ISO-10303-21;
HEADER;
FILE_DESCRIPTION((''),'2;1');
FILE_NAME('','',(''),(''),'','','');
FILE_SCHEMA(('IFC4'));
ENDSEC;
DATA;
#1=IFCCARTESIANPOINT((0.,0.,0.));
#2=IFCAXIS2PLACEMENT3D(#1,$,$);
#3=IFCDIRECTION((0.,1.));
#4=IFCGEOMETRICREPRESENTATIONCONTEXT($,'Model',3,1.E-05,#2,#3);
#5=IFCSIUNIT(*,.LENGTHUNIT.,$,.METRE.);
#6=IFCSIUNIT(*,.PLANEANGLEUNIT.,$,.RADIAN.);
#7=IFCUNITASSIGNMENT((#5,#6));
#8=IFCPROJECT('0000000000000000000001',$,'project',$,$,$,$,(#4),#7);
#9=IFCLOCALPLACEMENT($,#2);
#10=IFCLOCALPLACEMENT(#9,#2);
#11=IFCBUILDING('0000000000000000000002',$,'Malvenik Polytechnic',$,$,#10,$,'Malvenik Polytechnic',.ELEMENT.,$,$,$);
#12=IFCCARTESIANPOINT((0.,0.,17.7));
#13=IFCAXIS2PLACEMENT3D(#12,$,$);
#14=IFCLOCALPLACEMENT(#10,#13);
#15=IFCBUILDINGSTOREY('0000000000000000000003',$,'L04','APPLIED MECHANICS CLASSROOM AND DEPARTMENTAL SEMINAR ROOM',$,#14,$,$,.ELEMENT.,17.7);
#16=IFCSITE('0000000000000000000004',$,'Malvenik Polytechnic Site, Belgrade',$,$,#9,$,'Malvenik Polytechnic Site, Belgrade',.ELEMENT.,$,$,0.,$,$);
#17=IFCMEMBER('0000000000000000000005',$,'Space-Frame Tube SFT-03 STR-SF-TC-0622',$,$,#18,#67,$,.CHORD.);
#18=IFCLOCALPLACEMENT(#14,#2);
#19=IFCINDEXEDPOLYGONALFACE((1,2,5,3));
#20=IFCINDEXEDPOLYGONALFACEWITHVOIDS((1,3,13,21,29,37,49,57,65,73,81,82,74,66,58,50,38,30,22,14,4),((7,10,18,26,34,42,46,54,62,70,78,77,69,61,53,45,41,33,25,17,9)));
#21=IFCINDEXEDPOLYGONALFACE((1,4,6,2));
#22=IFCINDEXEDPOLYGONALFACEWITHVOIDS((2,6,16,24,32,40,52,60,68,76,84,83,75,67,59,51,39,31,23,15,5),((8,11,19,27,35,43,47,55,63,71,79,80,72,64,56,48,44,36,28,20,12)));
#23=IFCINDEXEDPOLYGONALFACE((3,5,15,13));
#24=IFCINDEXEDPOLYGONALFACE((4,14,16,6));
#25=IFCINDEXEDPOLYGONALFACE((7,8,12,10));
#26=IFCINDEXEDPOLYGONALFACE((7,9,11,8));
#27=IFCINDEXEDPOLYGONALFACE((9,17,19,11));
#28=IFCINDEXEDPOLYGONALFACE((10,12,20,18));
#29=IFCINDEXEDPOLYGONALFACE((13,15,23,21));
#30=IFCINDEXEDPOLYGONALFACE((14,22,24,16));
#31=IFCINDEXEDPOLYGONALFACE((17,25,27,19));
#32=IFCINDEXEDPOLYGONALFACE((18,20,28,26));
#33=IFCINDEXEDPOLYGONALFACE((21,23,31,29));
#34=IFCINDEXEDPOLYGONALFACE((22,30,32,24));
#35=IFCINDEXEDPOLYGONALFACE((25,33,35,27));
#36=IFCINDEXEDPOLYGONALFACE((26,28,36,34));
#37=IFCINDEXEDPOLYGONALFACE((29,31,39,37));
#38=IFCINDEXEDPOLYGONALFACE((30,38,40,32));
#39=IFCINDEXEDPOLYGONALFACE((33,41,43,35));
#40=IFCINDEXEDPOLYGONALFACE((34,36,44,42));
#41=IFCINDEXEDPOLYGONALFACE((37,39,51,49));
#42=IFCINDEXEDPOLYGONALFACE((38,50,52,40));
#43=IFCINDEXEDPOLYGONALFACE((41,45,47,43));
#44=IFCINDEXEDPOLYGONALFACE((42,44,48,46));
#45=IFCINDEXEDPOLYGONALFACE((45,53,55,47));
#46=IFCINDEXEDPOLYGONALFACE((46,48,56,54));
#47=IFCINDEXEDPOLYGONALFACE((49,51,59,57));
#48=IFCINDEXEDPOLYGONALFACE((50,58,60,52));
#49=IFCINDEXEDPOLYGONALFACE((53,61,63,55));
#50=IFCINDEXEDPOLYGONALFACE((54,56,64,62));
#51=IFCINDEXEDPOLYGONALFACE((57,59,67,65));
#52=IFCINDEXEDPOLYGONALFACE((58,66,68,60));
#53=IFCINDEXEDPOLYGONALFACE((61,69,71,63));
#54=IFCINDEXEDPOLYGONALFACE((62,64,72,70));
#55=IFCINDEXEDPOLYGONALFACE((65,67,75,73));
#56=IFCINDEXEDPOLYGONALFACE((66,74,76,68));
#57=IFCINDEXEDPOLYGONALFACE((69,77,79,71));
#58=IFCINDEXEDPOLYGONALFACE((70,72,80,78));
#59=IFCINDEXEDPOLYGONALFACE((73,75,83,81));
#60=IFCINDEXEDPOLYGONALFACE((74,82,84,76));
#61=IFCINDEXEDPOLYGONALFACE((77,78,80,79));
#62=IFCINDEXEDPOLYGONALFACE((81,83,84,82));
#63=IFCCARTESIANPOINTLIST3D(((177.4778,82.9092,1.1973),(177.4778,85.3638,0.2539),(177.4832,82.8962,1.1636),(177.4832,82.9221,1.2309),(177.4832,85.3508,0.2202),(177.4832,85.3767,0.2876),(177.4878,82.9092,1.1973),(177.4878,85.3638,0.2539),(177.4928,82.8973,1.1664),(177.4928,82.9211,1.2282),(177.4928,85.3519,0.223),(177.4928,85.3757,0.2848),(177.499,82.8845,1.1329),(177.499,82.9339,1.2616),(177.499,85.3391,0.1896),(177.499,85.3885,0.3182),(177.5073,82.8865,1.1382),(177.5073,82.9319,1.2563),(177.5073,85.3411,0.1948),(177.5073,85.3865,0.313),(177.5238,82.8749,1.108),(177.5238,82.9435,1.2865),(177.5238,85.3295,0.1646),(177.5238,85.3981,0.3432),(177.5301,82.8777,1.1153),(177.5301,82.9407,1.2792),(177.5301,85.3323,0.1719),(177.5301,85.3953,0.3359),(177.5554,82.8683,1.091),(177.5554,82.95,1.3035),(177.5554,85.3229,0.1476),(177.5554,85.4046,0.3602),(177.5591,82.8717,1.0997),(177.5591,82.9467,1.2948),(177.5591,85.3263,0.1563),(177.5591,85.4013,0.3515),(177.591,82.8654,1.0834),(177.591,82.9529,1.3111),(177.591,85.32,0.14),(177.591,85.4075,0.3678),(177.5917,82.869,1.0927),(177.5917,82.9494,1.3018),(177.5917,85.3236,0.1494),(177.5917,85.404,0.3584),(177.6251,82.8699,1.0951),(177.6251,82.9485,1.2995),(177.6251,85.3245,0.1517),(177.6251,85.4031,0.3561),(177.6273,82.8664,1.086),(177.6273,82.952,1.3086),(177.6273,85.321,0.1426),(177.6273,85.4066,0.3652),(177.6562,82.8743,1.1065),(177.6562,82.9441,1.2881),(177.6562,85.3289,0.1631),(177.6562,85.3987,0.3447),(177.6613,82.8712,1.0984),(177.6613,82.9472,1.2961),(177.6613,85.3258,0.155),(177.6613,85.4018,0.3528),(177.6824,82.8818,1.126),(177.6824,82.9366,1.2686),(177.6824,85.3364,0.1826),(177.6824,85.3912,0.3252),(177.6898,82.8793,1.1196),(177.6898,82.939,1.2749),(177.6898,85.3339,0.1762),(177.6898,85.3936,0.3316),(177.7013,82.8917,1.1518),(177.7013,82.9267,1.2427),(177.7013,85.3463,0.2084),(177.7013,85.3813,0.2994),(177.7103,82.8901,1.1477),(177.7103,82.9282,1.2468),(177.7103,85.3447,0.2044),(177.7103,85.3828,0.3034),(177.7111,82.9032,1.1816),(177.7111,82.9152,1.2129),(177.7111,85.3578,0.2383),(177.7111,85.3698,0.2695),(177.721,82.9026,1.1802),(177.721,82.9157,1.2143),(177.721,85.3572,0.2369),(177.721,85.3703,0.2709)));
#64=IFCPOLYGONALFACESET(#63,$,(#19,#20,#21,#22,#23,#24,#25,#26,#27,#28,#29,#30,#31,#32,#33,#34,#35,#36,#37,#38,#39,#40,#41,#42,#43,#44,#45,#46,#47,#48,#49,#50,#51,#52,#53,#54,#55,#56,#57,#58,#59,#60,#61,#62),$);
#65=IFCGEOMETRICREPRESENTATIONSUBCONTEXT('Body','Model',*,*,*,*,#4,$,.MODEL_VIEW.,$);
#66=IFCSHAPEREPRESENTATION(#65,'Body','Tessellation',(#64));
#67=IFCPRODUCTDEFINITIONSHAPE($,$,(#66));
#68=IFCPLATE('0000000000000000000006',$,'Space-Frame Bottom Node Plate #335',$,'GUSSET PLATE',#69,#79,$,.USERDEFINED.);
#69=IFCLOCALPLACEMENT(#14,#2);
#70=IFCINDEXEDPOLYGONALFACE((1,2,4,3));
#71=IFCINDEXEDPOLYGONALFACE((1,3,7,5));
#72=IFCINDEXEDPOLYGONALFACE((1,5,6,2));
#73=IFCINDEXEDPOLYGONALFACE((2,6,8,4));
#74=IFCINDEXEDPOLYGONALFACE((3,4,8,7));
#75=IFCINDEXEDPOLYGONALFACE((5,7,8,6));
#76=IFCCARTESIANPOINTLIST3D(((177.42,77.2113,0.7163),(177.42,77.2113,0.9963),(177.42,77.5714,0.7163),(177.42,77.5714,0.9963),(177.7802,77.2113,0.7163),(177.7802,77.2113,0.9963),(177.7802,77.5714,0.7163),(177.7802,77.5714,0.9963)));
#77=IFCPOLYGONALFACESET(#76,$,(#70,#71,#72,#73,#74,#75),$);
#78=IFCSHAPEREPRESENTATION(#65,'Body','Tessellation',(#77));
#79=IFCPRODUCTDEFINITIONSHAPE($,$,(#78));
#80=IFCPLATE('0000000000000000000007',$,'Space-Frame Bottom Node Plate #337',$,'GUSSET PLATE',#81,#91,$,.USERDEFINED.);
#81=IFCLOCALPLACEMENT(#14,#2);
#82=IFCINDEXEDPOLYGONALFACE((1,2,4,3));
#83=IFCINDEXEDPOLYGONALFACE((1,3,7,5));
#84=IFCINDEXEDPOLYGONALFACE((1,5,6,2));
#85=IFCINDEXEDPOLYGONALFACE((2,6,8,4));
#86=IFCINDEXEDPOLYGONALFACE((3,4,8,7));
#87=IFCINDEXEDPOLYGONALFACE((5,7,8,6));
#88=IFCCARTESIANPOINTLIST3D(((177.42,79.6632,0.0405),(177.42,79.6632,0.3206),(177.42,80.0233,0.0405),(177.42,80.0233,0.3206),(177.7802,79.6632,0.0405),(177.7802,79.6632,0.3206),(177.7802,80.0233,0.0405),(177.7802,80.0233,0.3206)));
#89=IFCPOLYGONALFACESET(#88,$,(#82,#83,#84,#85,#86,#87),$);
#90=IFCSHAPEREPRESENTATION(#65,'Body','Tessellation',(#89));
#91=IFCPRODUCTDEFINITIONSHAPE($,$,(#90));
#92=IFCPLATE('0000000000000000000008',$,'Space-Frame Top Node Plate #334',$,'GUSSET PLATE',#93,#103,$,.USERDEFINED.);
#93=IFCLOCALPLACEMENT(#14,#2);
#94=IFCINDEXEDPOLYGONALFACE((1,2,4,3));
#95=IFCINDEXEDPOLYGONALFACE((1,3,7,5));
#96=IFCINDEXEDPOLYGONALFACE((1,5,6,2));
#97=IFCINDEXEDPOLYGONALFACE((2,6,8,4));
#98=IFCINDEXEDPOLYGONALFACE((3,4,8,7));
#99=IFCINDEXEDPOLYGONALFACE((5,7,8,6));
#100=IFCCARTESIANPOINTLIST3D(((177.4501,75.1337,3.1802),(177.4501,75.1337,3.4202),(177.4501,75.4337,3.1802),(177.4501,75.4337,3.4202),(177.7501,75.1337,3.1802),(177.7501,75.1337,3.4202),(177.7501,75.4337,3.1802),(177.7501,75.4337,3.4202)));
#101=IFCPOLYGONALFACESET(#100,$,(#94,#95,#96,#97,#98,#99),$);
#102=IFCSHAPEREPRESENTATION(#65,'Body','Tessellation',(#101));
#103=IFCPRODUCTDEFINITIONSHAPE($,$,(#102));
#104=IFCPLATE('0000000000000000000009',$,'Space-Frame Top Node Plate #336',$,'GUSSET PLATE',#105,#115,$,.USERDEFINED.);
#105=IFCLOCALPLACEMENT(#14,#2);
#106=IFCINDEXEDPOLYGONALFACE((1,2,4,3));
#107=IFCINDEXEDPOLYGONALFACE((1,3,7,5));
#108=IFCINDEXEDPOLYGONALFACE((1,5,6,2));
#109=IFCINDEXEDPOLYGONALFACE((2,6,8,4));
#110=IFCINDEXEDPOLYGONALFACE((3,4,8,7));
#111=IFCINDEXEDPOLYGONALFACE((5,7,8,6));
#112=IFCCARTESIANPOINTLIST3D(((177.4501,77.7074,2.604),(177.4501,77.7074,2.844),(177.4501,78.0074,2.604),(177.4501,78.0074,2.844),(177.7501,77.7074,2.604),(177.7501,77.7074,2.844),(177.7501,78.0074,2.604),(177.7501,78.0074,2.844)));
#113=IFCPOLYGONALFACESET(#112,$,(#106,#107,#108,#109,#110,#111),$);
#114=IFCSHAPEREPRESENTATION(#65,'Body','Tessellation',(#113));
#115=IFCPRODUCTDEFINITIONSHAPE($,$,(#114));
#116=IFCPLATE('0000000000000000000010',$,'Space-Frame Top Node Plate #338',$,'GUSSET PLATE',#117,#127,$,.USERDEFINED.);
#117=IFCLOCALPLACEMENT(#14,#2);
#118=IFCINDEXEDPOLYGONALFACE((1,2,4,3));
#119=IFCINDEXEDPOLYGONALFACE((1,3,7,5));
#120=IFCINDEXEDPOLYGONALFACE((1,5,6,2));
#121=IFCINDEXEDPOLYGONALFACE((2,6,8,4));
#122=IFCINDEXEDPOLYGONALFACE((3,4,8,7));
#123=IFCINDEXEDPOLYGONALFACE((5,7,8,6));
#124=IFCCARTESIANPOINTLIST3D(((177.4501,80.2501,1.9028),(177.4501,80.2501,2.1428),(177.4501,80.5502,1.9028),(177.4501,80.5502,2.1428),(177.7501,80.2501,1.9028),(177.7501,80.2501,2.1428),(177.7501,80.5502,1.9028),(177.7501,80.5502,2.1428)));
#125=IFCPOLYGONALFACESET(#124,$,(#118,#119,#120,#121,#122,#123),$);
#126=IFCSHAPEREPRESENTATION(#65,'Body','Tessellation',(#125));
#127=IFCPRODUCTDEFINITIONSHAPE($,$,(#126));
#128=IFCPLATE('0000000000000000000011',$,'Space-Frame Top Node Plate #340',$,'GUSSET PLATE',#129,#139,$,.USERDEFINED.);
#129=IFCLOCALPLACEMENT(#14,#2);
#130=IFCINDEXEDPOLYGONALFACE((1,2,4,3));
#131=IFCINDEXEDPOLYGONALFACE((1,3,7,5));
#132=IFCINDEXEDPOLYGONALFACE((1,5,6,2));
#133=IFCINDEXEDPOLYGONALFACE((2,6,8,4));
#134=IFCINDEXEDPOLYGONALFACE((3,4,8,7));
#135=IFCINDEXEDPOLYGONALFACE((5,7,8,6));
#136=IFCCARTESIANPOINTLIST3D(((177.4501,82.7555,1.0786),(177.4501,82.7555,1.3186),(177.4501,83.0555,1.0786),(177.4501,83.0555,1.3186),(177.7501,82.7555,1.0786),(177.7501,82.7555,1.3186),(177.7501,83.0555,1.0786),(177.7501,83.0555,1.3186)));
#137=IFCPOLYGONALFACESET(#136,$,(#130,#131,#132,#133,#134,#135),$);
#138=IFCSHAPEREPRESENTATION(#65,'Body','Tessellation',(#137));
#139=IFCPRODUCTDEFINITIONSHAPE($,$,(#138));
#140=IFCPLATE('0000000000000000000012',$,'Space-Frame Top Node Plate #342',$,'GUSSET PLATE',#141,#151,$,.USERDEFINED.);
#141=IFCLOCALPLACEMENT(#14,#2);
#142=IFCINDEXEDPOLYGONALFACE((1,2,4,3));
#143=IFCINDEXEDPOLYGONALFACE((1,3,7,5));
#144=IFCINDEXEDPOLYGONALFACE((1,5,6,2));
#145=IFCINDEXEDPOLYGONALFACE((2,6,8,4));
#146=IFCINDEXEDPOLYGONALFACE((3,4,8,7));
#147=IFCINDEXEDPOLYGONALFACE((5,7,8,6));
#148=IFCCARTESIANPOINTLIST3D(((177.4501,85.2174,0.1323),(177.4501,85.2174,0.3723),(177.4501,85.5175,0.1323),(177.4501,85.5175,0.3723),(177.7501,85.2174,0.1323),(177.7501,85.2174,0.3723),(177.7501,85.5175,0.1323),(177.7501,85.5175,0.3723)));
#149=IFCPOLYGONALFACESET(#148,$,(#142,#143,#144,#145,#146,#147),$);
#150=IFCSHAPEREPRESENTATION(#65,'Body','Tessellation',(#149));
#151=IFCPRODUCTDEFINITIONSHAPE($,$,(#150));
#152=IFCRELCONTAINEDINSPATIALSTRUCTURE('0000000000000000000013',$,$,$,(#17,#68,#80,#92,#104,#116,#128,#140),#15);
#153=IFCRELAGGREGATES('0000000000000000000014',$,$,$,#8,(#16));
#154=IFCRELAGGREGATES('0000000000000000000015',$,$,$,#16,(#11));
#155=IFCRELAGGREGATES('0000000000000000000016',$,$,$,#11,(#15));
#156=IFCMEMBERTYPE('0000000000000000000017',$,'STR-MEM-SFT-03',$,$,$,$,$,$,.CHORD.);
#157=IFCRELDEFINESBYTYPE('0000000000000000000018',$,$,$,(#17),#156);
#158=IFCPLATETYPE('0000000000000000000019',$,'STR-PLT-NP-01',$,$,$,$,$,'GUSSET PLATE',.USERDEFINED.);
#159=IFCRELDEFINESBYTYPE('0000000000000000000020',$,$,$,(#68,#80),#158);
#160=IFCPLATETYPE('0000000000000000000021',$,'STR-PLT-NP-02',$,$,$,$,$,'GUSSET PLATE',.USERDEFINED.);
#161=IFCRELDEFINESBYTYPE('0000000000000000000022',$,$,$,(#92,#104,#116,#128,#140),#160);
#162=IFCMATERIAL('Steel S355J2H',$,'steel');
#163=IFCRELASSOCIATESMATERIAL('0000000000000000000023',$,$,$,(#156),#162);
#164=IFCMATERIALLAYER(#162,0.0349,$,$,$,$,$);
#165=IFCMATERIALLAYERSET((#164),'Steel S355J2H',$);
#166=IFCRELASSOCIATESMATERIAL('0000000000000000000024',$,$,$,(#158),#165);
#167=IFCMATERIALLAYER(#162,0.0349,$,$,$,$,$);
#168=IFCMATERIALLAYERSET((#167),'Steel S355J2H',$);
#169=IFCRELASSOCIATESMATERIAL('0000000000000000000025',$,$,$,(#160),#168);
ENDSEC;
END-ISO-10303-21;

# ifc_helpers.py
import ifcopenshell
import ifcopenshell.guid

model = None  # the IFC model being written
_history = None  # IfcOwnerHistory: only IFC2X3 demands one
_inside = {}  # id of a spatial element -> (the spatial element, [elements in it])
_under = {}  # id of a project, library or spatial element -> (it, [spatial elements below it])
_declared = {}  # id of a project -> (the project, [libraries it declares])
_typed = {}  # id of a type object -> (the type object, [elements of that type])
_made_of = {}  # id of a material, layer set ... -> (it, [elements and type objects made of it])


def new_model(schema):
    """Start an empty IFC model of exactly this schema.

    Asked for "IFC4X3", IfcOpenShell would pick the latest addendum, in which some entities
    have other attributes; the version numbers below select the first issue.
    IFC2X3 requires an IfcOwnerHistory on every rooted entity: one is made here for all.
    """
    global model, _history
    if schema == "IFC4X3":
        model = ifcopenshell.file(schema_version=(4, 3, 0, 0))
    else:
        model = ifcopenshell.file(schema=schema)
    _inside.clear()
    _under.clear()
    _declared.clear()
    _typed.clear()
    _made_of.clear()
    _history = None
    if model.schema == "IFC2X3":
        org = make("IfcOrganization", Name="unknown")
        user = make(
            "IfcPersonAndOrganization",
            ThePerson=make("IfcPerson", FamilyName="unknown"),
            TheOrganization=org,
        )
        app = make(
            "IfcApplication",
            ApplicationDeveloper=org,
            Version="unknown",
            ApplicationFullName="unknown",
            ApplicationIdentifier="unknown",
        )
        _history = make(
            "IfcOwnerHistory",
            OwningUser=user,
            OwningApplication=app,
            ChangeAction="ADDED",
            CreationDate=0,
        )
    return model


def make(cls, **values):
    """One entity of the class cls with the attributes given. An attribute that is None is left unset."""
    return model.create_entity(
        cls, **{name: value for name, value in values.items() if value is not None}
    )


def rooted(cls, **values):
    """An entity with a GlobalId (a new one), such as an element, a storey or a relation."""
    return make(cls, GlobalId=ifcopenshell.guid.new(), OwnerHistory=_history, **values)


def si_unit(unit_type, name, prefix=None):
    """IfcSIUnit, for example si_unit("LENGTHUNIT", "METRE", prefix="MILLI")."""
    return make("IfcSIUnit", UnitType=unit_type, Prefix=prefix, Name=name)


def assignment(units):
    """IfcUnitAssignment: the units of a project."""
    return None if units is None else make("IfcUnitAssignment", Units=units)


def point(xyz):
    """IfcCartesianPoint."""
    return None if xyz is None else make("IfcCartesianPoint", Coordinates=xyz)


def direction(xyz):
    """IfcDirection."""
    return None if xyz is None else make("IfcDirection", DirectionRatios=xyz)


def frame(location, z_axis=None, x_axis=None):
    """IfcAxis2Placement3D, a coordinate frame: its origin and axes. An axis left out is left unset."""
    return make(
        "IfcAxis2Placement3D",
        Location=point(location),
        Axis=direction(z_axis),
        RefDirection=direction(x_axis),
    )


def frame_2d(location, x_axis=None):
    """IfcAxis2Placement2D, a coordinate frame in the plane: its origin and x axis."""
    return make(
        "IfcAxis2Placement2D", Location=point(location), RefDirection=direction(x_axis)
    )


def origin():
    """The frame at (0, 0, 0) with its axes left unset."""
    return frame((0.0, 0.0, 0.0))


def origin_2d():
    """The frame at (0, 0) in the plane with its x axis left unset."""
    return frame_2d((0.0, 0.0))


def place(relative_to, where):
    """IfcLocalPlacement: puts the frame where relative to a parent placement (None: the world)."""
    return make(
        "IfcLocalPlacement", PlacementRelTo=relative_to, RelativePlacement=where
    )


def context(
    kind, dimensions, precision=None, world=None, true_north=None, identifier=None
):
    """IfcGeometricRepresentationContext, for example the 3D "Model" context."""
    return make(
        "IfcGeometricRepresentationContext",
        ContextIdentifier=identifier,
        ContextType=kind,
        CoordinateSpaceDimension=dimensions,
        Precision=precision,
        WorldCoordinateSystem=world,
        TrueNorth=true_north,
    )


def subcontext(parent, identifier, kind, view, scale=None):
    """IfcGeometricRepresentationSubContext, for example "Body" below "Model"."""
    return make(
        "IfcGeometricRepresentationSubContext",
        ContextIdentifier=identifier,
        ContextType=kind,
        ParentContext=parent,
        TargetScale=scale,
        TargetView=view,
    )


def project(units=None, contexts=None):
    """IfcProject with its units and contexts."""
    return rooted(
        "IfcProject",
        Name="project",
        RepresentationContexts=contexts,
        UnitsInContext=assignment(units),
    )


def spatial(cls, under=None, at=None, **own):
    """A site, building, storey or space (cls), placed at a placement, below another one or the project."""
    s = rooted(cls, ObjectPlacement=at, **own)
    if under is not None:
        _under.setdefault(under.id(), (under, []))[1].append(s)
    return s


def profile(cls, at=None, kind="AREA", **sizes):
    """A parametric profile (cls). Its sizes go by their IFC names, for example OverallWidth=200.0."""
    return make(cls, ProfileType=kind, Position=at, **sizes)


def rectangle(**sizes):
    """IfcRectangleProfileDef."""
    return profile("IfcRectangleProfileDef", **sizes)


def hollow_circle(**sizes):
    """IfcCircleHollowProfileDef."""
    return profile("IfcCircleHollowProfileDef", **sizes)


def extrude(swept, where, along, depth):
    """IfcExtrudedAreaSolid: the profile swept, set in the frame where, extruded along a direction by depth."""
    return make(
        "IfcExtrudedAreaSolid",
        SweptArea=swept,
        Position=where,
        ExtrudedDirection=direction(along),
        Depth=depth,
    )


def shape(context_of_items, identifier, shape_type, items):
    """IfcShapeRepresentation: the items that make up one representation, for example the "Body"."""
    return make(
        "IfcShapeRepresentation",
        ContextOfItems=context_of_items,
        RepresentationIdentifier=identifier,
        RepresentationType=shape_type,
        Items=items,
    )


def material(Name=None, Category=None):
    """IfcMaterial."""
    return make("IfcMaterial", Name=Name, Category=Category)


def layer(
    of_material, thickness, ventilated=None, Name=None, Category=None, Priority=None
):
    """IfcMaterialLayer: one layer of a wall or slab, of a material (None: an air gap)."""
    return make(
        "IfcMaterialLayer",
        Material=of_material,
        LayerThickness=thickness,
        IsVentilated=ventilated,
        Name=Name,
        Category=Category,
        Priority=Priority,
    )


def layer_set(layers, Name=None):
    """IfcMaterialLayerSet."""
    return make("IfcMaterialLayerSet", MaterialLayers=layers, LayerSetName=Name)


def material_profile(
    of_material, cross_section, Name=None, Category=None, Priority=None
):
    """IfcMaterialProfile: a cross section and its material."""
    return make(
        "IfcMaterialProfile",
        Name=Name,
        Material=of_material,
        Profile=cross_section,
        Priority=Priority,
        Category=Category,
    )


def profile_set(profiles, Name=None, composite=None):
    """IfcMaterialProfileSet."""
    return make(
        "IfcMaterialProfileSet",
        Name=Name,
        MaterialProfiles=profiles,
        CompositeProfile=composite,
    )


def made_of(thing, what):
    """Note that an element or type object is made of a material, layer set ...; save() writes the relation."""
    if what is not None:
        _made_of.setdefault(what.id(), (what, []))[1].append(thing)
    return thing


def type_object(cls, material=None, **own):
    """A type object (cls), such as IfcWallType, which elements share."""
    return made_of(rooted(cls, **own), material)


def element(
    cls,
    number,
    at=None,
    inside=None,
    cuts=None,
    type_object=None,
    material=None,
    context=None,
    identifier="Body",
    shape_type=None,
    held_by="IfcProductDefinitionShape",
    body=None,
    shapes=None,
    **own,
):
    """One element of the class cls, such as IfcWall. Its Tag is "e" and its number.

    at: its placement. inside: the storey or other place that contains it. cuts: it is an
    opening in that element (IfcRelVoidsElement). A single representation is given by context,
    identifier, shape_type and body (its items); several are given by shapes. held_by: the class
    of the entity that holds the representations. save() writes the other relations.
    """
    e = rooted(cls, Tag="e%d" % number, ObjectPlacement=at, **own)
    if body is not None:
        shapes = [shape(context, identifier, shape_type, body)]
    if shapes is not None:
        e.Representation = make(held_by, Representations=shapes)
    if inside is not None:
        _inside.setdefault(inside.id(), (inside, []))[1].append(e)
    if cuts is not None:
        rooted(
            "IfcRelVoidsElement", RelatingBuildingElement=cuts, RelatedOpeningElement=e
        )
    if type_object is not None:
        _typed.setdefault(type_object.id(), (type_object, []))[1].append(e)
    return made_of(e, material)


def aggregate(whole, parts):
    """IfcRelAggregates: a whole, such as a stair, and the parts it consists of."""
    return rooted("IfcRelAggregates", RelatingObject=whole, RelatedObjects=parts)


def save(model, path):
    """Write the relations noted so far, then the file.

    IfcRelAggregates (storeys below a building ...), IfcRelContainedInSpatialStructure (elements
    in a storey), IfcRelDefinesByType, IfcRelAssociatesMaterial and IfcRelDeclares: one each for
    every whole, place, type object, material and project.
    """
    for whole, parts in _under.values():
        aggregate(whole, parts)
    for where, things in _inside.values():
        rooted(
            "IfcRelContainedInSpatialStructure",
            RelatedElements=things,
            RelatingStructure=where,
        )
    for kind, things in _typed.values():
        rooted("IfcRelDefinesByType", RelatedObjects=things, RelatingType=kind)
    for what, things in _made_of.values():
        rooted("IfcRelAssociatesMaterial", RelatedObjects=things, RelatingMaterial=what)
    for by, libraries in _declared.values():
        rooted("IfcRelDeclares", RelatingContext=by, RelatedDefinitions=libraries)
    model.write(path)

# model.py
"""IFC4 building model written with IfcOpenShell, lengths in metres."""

from ifc_helpers import new_model, si_unit, direction, frame, origin, origin_2d, place, context, subcontext, project, spatial, rectangle, hollow_circle, extrude, material, layer, layer_set, material_profile, profile_set, type_object, element, save


model = new_model("IFC4")

# Units and contexts
model_context = context("Model", 3, precision=1e-05, world=origin(), true_north=direction((0.0, 1.0)))
body_context = subcontext(model_context, "Body", "Model", "MODEL_VIEW")
ifc_project = project(units=[si_unit("LENGTHUNIT", "METRE"), si_unit("PLANEANGLEUNIT", "RADIAN")], contexts=[model_context])

# Site, building, storey
site_placement = place(None, origin())
site = spatial("IfcSite", under=ifc_project, at=site_placement, Name="Malvenik Polytechnic Site, Belgrade", LongName="Malvenik Polytechnic Site, Belgrade", CompositionType="ELEMENT", RefElevation=0.0)
building_placement = place(site_placement, origin())
building = spatial("IfcBuilding", under=site, at=building_placement, Name="Malvenik Polytechnic", LongName="Malvenik Polytechnic", CompositionType="ELEMENT")
storey_placement = place(building_placement, frame((0.0, 0.0, 17.7)))
storey = spatial("IfcBuildingStorey", under=building, at=storey_placement, Name="L04", Description="APPLIED MECHANICS CLASSROOM AND DEPARTMENTAL SEMINAR ROOM", CompositionType="ELEMENT", Elevation=17.7)

# Member
ifc_material = material(Name="Steel S355J2H", Category="steel")
ifc_material_profile_1 = material_profile(ifc_material, hollow_circle(Radius=0.1223, WallThickness=0.01, at=origin_2d()), Name="CHS 244.5x10.0")
ifc_profile_set_1 = profile_set([ifc_material_profile_1], Name="Steel S355J2H")
member_type_1 = type_object("IfcMemberType", Name="STR-MEM-SFT-03", PredefinedType="CHORD", material=ifc_profile_set_1)
member_1_placement = place(storey_placement, frame((177.6001, 82.9092, 1.1973), z_axis=(0.0, 0.933437, -0.358743), x_axis=(-1.0, 0.0, 0.0)))
element("IfcMember", 1, at=member_1_placement, inside=storey, type_object=member_type_1, Name="Space-Frame Tube SFT-03 STR-SF-TC-0622", PredefinedType="CHORD", context=body_context, shape_type="SweptSolid", body=[
    extrude(hollow_circle(Radius=0.1223, WallThickness=0.01, at=origin_2d()), origin(), (0.0, 0.0, 1.0), 2.6296),
])

# Plates
ifc_layer_1 = layer(ifc_material, 0.0349)
ifc_layer_set_1 = layer_set([ifc_layer_1], Name="Steel S355J2H")
plate_type_1 = type_object("IfcPlateType", Name="STR-PLT-NP-01", ElementType="GUSSET PLATE", PredefinedType="USERDEFINED", material=ifc_layer_set_1)
for number, where, z_axis, x_axis, name in (
    (2, (177.6001, 77.3914, 0.7163), (0.0, 0.0, 1.0), (1.0, 0.0, 0.0), "Space-Frame Bottom Node Plate #335"),
    (3, (177.6001, 79.8433, 0.0405), (0.0, 0.0, 1.0), (1.0, 0.0, 0.0), "Space-Frame Bottom Node Plate #337"),
):
    element("IfcPlate", number, at=place(storey_placement, frame(where, z_axis=z_axis, x_axis=x_axis)), inside=storey, type_object=plate_type_1, Name=name, ObjectType="GUSSET PLATE", PredefinedType="USERDEFINED", context=body_context, shape_type="SweptSolid", body=[
        extrude(rectangle(XDim=0.3601, YDim=0.3601, at=origin_2d()), origin(), (0.0, 0.0, 1.0), 0.28),
    ])
ifc_layer_2 = layer(ifc_material, 0.0349)
ifc_layer_set_2 = layer_set([ifc_layer_2], Name="Steel S355J2H")
plate_type_2 = type_object("IfcPlateType", Name="STR-PLT-NP-02", ElementType="GUSSET PLATE", PredefinedType="USERDEFINED", material=ifc_layer_set_2)
for number, where, z_axis, x_axis, name in (
    (4, (177.6001, 75.2837, 3.1802), (0.0, 0.0, 1.0), (1.0, 0.0, 0.0), "Space-Frame Top Node Plate #334"),
    (5, (177.6001, 77.8574, 2.604), (0.0, 0.0, 1.0), (1.0, 0.0, 0.0), "Space-Frame Top Node Plate #336"),
    (6, (177.6001, 80.4001, 1.9028), (0.0, 0.0, 1.0), (1.0, 0.0, 0.0), "Space-Frame Top Node Plate #338"),
    (7, (177.6001, 82.9055, 1.0786), (0.0, 0.0, 1.0), (1.0, 0.0, 0.0), "Space-Frame Top Node Plate #340"),
    (8, (177.6001, 85.3674, 0.1323), (0.0, 0.0, 1.0), (1.0, 0.0, 0.0), "Space-Frame Top Node Plate #342"),
):
    element("IfcPlate", number, at=place(storey_placement, frame(where, z_axis=z_axis, x_axis=x_axis)), inside=storey, type_object=plate_type_2, Name=name, ObjectType="GUSSET PLATE", PredefinedType="USERDEFINED", context=body_context, shape_type="SweptSolid", body=[
        extrude(rectangle(XDim=0.3, YDim=0.3, at=origin_2d()), origin(), (0.0, 0.0, 1.0), 0.24),
    ])

save(model, "model.ifc")
